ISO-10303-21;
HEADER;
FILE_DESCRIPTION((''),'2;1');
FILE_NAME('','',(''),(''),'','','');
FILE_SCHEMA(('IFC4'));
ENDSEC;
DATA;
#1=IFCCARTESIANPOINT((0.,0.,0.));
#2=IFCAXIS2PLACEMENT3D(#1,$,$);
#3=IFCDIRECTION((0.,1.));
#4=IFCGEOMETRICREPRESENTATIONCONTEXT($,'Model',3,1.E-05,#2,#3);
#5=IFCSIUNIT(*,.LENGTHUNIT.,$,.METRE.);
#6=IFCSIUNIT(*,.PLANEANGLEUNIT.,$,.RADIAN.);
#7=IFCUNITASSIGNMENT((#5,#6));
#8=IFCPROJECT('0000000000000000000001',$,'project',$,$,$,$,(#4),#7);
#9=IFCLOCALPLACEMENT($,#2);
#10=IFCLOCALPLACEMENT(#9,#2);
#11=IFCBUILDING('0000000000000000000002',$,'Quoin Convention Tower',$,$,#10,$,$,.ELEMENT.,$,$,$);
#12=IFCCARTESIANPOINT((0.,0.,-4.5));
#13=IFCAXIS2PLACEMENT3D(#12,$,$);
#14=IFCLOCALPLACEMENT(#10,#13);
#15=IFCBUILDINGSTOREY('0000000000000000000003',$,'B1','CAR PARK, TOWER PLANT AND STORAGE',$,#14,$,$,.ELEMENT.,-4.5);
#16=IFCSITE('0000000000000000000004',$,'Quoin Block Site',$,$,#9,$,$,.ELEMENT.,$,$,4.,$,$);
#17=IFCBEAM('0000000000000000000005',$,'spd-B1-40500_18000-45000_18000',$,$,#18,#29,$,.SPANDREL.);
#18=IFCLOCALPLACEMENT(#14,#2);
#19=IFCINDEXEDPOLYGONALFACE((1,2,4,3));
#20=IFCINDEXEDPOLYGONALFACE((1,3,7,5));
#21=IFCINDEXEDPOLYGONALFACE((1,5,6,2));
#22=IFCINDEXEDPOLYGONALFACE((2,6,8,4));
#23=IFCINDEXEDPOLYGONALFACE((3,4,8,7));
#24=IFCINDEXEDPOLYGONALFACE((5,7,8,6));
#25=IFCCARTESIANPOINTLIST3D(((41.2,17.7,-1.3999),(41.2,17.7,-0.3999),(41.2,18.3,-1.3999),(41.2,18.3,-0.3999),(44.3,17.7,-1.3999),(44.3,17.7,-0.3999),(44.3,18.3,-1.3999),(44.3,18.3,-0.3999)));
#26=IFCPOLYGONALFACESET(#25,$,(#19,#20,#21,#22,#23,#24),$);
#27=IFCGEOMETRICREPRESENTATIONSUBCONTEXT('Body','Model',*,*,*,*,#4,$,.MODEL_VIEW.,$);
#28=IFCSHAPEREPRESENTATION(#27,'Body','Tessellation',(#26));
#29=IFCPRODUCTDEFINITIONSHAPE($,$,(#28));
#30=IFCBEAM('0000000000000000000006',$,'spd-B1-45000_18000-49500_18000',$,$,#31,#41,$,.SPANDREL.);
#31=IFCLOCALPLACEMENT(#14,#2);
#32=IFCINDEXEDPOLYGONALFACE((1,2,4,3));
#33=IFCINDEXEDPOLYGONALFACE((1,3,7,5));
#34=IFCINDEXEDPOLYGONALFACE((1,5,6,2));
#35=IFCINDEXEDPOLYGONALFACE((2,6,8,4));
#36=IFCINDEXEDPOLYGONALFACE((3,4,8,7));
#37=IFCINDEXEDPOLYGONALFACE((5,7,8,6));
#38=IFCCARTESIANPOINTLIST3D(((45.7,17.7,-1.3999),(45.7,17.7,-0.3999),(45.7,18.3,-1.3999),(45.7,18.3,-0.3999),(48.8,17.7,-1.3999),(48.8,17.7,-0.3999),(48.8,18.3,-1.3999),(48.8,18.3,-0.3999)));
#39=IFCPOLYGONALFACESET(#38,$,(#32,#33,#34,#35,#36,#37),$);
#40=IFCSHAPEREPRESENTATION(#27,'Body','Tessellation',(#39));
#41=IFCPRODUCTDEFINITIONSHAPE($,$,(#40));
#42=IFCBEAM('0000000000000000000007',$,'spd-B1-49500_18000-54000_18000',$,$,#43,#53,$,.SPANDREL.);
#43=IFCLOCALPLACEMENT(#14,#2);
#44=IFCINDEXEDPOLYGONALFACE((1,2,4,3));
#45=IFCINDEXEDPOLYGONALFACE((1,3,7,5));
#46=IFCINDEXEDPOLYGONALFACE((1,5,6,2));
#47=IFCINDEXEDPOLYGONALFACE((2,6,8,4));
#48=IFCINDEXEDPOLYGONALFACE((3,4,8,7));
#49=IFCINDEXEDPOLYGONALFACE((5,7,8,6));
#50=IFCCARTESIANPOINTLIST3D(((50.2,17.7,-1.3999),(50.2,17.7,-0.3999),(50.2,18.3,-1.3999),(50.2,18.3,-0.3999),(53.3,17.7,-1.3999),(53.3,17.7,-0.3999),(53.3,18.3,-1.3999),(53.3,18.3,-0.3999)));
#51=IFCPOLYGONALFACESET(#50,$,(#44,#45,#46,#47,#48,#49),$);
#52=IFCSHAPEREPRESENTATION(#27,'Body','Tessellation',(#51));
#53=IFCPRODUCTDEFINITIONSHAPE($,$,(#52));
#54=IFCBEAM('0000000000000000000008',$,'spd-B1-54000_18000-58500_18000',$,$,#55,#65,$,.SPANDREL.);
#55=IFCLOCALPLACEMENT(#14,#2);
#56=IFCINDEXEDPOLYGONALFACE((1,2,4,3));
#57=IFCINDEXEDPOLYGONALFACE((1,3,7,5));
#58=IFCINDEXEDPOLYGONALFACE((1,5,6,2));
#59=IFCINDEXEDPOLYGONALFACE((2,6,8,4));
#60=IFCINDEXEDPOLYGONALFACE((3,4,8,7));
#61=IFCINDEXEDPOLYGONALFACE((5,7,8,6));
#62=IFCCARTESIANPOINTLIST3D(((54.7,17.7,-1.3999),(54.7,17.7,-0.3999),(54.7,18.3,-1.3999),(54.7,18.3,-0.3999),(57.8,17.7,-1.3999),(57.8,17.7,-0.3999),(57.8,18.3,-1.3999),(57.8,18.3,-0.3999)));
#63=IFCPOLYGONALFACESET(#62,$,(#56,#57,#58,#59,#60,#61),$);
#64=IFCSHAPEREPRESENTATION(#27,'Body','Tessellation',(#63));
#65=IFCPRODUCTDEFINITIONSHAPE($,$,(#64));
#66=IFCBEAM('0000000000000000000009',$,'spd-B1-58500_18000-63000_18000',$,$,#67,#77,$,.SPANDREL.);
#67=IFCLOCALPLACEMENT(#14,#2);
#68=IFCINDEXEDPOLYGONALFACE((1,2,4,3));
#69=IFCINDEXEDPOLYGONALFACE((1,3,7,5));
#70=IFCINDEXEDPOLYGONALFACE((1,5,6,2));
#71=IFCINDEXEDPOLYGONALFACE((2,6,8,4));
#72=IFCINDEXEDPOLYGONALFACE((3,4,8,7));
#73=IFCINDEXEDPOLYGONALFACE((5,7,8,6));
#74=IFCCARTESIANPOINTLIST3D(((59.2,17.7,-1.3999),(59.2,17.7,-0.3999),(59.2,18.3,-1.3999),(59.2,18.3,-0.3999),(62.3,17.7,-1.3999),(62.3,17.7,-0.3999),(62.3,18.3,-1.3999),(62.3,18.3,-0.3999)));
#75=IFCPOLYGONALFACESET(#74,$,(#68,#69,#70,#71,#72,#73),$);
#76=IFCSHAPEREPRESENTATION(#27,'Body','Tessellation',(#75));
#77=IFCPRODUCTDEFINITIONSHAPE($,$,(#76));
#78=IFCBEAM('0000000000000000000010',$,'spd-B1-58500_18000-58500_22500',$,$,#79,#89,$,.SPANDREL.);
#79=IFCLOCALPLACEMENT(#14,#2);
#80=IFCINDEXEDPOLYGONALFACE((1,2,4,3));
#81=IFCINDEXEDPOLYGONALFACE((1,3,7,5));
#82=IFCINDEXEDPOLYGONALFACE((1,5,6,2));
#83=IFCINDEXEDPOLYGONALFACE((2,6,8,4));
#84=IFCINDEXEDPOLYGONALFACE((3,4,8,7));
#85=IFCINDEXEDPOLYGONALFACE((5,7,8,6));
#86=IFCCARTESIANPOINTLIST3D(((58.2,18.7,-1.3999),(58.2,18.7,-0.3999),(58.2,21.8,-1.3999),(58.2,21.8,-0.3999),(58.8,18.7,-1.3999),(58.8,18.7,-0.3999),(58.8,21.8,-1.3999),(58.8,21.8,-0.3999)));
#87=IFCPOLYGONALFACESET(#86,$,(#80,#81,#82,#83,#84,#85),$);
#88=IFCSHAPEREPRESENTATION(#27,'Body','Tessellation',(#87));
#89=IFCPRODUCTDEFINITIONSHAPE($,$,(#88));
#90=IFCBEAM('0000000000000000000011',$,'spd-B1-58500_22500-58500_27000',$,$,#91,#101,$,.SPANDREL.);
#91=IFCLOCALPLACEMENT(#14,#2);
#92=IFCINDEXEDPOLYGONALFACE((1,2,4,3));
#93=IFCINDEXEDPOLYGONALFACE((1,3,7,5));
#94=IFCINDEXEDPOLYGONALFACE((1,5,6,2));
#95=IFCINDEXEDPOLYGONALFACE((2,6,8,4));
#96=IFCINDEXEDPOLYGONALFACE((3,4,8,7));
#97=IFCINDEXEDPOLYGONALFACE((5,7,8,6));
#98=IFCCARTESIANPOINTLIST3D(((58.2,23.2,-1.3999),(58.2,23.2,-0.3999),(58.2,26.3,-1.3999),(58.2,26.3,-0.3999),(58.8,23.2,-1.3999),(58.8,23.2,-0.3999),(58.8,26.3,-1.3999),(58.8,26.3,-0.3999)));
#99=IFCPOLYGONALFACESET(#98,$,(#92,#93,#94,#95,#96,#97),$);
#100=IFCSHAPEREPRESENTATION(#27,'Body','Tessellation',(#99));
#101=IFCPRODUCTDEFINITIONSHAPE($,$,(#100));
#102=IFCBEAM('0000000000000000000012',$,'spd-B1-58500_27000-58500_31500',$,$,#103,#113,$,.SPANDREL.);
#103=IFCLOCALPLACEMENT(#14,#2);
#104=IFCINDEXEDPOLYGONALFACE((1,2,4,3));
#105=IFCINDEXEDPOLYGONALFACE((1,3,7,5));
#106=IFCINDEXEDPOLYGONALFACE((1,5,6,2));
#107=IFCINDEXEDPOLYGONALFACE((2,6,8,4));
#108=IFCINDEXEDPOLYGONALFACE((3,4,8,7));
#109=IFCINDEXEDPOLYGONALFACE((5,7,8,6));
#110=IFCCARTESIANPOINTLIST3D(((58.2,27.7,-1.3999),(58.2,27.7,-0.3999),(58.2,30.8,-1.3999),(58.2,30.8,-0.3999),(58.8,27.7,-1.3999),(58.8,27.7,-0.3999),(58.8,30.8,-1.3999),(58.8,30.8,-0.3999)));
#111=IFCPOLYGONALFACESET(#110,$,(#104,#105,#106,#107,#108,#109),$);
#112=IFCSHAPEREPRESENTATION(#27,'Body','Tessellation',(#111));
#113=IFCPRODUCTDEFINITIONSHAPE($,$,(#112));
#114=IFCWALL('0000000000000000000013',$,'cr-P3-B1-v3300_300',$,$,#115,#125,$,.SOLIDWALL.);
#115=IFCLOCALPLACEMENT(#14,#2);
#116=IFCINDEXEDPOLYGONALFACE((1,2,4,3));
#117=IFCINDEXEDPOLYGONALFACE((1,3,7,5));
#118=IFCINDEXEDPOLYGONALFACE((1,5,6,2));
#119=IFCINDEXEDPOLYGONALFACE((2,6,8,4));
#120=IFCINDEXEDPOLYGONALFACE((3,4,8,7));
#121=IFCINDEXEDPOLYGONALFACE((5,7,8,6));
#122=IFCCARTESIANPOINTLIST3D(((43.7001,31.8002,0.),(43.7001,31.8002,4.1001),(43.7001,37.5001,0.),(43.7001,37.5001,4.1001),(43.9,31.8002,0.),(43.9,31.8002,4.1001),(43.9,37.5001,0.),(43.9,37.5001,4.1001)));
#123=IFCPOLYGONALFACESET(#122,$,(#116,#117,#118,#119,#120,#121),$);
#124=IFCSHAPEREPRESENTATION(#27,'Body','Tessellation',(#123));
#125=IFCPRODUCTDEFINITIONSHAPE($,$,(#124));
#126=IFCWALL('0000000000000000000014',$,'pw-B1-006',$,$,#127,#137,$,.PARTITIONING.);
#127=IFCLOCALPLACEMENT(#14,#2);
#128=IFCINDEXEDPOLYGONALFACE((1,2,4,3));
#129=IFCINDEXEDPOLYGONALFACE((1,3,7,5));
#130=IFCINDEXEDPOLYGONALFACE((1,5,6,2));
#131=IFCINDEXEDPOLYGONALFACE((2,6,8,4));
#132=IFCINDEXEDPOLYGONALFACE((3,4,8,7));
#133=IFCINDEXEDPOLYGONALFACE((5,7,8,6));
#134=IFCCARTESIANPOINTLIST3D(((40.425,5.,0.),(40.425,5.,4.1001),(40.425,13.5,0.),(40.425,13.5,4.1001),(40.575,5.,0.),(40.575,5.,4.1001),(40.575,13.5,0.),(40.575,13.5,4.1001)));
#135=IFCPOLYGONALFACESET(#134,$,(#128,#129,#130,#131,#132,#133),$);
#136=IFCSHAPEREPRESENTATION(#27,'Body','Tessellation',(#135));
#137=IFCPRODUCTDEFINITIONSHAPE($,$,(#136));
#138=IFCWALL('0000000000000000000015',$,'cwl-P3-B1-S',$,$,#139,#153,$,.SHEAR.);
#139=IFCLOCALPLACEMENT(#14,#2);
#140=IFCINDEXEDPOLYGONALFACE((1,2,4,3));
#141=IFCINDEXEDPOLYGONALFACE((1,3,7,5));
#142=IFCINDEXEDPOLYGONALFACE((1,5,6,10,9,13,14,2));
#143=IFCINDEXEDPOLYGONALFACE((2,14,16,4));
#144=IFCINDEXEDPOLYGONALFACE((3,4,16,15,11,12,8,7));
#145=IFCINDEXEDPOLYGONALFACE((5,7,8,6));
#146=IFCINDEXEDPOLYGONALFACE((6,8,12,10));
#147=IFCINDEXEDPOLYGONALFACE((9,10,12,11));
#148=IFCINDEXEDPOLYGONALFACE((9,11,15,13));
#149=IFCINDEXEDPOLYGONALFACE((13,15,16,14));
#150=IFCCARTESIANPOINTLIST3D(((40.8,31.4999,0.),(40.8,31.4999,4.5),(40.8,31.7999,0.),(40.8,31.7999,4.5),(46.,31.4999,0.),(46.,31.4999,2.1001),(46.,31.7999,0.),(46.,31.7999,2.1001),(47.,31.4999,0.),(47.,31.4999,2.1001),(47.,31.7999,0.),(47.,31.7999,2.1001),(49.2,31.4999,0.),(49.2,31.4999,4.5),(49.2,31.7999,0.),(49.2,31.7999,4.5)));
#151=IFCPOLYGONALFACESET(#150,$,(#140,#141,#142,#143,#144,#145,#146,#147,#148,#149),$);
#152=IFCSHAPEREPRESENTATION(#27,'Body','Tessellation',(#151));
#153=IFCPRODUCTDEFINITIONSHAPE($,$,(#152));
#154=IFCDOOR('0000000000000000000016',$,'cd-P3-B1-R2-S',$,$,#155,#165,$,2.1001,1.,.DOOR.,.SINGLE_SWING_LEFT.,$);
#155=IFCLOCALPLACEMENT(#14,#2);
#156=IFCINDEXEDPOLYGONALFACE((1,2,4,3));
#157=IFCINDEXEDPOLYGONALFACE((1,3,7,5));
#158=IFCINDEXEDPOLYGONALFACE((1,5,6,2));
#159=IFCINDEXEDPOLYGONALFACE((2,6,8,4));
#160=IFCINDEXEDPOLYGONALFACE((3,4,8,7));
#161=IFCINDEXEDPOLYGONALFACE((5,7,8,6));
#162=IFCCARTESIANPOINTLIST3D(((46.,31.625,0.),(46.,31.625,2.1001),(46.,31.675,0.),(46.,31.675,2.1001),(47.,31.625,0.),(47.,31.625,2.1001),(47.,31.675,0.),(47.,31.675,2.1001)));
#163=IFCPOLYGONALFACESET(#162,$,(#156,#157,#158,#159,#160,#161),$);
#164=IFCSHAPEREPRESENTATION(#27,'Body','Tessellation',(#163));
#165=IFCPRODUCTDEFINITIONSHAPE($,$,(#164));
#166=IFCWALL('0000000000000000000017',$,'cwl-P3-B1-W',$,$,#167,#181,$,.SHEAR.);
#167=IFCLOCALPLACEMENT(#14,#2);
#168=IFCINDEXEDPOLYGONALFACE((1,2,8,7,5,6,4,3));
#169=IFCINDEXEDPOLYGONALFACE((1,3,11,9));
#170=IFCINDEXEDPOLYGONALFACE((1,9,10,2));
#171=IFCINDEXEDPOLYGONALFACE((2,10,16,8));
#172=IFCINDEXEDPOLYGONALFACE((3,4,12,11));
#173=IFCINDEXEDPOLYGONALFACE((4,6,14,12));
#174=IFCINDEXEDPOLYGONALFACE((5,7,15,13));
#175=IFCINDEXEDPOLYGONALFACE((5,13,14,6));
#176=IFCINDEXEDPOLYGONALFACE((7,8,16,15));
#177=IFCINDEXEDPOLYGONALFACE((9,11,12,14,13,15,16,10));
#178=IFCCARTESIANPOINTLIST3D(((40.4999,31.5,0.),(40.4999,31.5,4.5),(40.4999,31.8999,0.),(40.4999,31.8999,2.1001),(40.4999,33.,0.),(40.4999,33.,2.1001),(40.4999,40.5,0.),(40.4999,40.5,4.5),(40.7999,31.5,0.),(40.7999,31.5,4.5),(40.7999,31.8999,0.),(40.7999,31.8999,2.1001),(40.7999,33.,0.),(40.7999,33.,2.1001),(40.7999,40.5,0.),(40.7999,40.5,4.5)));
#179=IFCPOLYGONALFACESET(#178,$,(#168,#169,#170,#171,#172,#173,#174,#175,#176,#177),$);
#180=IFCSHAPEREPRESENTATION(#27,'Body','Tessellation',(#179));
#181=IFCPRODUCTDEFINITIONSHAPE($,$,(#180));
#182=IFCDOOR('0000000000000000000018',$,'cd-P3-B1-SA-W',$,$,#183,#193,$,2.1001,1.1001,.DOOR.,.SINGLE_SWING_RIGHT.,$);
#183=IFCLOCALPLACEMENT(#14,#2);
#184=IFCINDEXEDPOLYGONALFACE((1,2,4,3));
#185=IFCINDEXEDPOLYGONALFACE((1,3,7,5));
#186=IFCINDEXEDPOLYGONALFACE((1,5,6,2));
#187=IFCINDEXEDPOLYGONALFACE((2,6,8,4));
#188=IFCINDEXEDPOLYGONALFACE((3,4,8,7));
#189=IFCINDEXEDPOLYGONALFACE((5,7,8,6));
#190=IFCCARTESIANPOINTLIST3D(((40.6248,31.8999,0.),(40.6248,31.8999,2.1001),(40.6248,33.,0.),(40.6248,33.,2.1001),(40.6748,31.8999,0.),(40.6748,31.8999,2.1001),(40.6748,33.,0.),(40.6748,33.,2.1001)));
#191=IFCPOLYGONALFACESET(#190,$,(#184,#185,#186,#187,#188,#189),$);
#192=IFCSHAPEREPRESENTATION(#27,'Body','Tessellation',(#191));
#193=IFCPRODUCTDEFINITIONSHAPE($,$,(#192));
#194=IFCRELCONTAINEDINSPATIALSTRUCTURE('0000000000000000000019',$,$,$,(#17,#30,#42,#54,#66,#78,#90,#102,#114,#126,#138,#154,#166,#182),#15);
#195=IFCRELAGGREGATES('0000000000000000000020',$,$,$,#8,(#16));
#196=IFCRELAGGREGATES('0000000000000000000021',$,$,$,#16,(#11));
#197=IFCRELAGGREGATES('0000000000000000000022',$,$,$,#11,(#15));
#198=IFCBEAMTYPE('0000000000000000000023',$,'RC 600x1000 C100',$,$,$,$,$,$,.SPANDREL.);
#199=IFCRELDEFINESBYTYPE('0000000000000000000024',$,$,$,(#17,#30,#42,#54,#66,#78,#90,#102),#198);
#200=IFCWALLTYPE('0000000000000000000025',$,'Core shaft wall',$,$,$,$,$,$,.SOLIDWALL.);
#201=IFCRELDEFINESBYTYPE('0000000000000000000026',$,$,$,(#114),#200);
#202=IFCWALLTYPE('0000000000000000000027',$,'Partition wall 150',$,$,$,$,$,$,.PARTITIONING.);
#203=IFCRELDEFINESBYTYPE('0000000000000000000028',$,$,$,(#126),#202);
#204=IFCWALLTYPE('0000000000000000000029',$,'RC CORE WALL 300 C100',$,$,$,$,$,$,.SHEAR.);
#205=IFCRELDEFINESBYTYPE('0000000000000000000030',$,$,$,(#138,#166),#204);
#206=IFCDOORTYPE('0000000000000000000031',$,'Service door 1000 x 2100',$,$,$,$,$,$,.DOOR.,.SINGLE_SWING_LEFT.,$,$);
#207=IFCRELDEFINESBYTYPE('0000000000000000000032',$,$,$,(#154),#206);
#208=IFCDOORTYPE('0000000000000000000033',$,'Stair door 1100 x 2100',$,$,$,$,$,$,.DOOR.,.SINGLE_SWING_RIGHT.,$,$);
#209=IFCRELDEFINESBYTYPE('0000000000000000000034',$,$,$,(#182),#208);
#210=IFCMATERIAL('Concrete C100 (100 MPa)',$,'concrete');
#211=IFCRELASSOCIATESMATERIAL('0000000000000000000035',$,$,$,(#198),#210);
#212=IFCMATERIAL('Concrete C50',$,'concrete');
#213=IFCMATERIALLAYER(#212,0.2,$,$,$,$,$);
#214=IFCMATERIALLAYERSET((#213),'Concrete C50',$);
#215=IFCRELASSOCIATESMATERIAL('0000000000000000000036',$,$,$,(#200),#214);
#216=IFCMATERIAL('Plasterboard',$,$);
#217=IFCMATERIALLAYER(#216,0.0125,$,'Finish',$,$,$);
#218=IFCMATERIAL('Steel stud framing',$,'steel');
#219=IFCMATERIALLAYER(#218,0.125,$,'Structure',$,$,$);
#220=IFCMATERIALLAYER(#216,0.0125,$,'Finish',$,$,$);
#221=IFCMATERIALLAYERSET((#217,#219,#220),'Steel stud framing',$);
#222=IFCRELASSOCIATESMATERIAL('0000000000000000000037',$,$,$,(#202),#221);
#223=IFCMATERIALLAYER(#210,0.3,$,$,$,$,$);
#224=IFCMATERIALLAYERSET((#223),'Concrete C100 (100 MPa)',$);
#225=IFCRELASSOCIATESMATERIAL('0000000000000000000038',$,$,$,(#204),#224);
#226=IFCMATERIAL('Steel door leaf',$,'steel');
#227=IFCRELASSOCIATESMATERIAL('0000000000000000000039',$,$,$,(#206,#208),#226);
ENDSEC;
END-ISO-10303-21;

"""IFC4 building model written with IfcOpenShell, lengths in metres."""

from ifc_helpers import new_model, si_unit, direction, frame, frame_2d, origin, origin_2d, place, context, subcontext, project, spatial, rectangle, extrude, material, layer, layer_set, material_profile, profile_set, type_object, element, fill, save


model = new_model("IFC4")

# Units and contexts
model_context = context("Model", 3, precision=1e-05, world=origin(), true_north=direction((0.0, 1.0)))
body_context = subcontext(model_context, "Body", "Model", "MODEL_VIEW")
ifc_project = project(units=[si_unit("LENGTHUNIT", "METRE"), si_unit("PLANEANGLEUNIT", "RADIAN")], contexts=[model_context])

# Site, building, storey
site_placement = place(None, origin())
site = spatial("IfcSite", under=ifc_project, at=site_placement, Name="Quoin Block Site", CompositionType="ELEMENT", RefElevation=4.0)
building_placement = place(site_placement, origin())
building = spatial("IfcBuilding", under=site, at=building_placement, Name="Quoin Convention Tower", CompositionType="ELEMENT")
storey_placement = place(building_placement, frame((0.0, 0.0, -4.5)))
storey = spatial("IfcBuildingStorey", under=building, at=storey_placement, Name="B1", Description="CAR PARK, TOWER PLANT AND STORAGE", CompositionType="ELEMENT", Elevation=-4.5)

# Shared definitions
ifc_material_1 = material(Name="Concrete C100 (100 MPa)", Category="concrete")

# Beams
ifc_material_profile_1 = material_profile(ifc_material_1, rectangle(XDim=0.6001, YDim=1.0, at=origin_2d()), Name="RC 600x1000")
ifc_profile_set_1 = profile_set([ifc_material_profile_1], Name="Concrete C100 (100 MPa)")
beam_type = type_object("IfcBeamType", Name="RC 600x1000 C100", PredefinedType="SPANDREL", material=ifc_profile_set_1)
for number, where, z_axis, x_axis, name in (
    (1, (41.2, 18.0, -0.8999), (1.0, 0.0, 0.0), (0.0, 1.0, 0.0), "spd-B1-40500_18000-45000_18000"),
    (2, (45.7, 18.0, -0.8999), (1.0, 0.0, 0.0), (0.0, 1.0, 0.0), "spd-B1-45000_18000-49500_18000"),
    (3, (50.2, 18.0, -0.8999), (1.0, 0.0, 0.0), (0.0, 1.0, 0.0), "spd-B1-49500_18000-54000_18000"),
    (4, (54.7, 18.0, -0.8999), (1.0, 0.0, 0.0), (0.0, 1.0, 0.0), "spd-B1-54000_18000-58500_18000"),
    (5, (59.2, 18.0, -0.8999), (1.0, 0.0, 0.0), (0.0, 1.0, 0.0), "spd-B1-58500_18000-63000_18000"),
    (6, (58.5, 18.7, -0.8999), (0.0, 1.0, 0.0), (-1.0, 0.0, 0.0), "spd-B1-58500_18000-58500_22500"),
    (7, (58.5, 23.2, -0.8999), (0.0, 1.0, 0.0), (-1.0, 0.0, 0.0), "spd-B1-58500_22500-58500_27000"),
    (8, (58.5, 27.7, -0.8999), (0.0, 1.0, 0.0), (-1.0, 0.0, 0.0), "spd-B1-58500_27000-58500_31500"),
):
    element("IfcBeam", number, at=place(storey_placement, frame(where, z_axis=z_axis, x_axis=x_axis)), inside=storey, type_object=beam_type, Name=name, PredefinedType="SPANDREL", context=body_context, shape_type="SweptSolid", body=[
        extrude(rectangle(XDim=0.6001, YDim=1.0, at=origin_2d()), origin(), (0.0, 0.0, 1.0), 3.1001),
    ])

# Walls
ifc_material_2 = material(Name="Concrete C50", Category="concrete")
ifc_layer_1 = layer(ifc_material_2, 0.2)
ifc_layer_set_1 = layer_set([ifc_layer_1], Name="Concrete C50")
wall_type_1 = type_object("IfcWallType", Name="Core shaft wall", PredefinedType="SOLIDWALL", material=ifc_layer_set_1)
wall_1_placement = place(storey_placement, frame((43.8, 31.8, 0.0), z_axis=(0.0, 0.0, 1.0), x_axis=(0.0, 1.0, 0.0)))
element("IfcWall", 9, at=wall_1_placement, inside=storey, type_object=wall_type_1, Name="cr-P3-B1-v3300_300", PredefinedType="SOLIDWALL", context=body_context, shape_type="SweptSolid", body=[
    extrude(rectangle(XDim=5.7, YDim=0.2, at=frame_2d((2.8501, 0.0))), origin(), (0.0, 0.0, 1.0), 4.1001),
])
ifc_material_3 = material(Name="Plasterboard")
ifc_layer_2 = layer(ifc_material_3, 0.0125, Name="Finish")
ifc_material_4 = material(Name="Steel stud framing", Category="steel")
ifc_layer_3 = layer(ifc_material_4, 0.125, Name="Structure")
ifc_layer_4 = layer(ifc_material_3, 0.0125, Name="Finish")
ifc_layer_set_2 = layer_set([ifc_layer_2, ifc_layer_3, ifc_layer_4], Name="Steel stud framing")
wall_type_2 = type_object("IfcWallType", Name="Partition wall 150", PredefinedType="PARTITIONING", material=ifc_layer_set_2)
wall_2_placement = place(storey_placement, frame((40.5, 5.0, 0.0), z_axis=(0.0, 0.0, 1.0), x_axis=(0.0, 1.0, 0.0)))
element("IfcWall", 10, at=wall_2_placement, inside=storey, type_object=wall_type_2, Name="pw-B1-006", PredefinedType="PARTITIONING", context=body_context, shape_type="SweptSolid", body=[
    extrude(rectangle(XDim=8.5, YDim=0.1499, at=frame_2d((4.25, 0.0))), origin(), (0.0, 0.0, 1.0), 4.1001),
])

# Walls, openings, doors
ifc_layer_5 = layer(ifc_material_1, 0.3)
ifc_layer_set_3 = layer_set([ifc_layer_5], Name="Concrete C100 (100 MPa)")
wall_type_3 = type_object("IfcWallType", Name="RC CORE WALL 300 C100", PredefinedType="SHEAR", material=ifc_layer_set_3)
wall_3_placement = place(storey_placement, frame((40.8, 31.6499, 0.0), z_axis=(0.0, 0.0, 1.0), x_axis=(1.0, 0.0, 0.0)))
wall_3 = element("IfcWall", 11, at=wall_3_placement, inside=storey, type_object=wall_type_3, Name="cwl-P3-B1-S", PredefinedType="SHEAR", context=body_context, shape_type="SweptSolid", body=[
    extrude(rectangle(XDim=8.3999, YDim=0.3, at=frame_2d((4.2, 0.0))), origin(), (0.0, 0.0, 1.0), 4.5),
])
opening_1_placement = place(wall_3_placement, frame((5.2, 0.0, 0.0)))
opening_1 = element("IfcOpeningElement", 12, at=opening_1_placement, cuts=wall_3, PredefinedType="OPENING", context=body_context, shape_type="SweptSolid", body=[
    extrude(rectangle(XDim=1.0, YDim=2.1001, at=frame_2d((0.5, 1.05))), frame((0.0, 0.1599, 0.0), z_axis=(0.0, -1.0, 0.0), x_axis=(1.0, 0.0, 0.0)), (0.0, 0.0, 1.0), 0.3201),
])
ifc_material_5 = material(Name="Steel door leaf", Category="steel")
door_type_1 = type_object("IfcDoorType", Name="Service door 1000 x 2100", OperationType="SINGLE_SWING_LEFT", PredefinedType="DOOR", material=ifc_material_5)
door_1_placement = place(opening_1_placement, frame((1.0, 0.0, 0.0), z_axis=(0.0, 0.0, 1.0), x_axis=(-1.0, 0.0, 0.0)))
door_1 = element("IfcDoor", 13, at=door_1_placement, inside=storey, type_object=door_type_1, Name="cd-P3-B1-R2-S", OperationType="SINGLE_SWING_LEFT", OverallHeight=2.1001, OverallWidth=1.0, PredefinedType="DOOR", context=body_context, shape_type="SweptSolid", body=[
    extrude(rectangle(XDim=1.0, YDim=2.1001, at=frame_2d((0.5, 1.05))), frame((0.0, 0.0249, 0.0), z_axis=(0.0, -1.0, 0.0), x_axis=(1.0, 0.0, 0.0)), (0.0, 0.0, 1.0), 0.05),
])
fill(opening_1, door_1)
wall_4_placement = place(storey_placement, frame((40.6499, 31.5, 0.0), z_axis=(0.0, 0.0, 1.0), x_axis=(0.0, 1.0, 0.0)))
wall_4 = element("IfcWall", 14, at=wall_4_placement, inside=storey, type_object=wall_type_3, Name="cwl-P3-B1-W", PredefinedType="SHEAR", context=body_context, shape_type="SweptSolid", body=[
    extrude(rectangle(XDim=9.0, YDim=0.3, at=frame_2d((4.5, 0.0))), origin(), (0.0, 0.0, 1.0), 4.5),
])
opening_2_placement = place(wall_4_placement, frame((0.3999, 0.0, 0.0)))
opening_2 = element("IfcOpeningElement", 15, at=opening_2_placement, cuts=wall_4, PredefinedType="OPENING", context=body_context, shape_type="SweptSolid", body=[
    extrude(rectangle(XDim=1.1001, YDim=2.1001, at=frame_2d((0.55, 1.05))), frame((0.0, 0.1599, 0.0), z_axis=(0.0, -1.0, 0.0), x_axis=(1.0, 0.0, 0.0)), (0.0, 0.0, 1.0), 0.3201),
])
door_type_2 = type_object("IfcDoorType", Name="Stair door 1100 x 2100", OperationType="SINGLE_SWING_RIGHT", PredefinedType="DOOR", material=ifc_material_5)
door_2_placement = place(opening_2_placement, frame((1.1001, 0.0, 0.0), z_axis=(0.0, 0.0, 1.0), x_axis=(-1.0, 0.0, 0.0)))
door_2 = element("IfcDoor", 16, at=door_2_placement, inside=storey, type_object=door_type_2, Name="cd-P3-B1-SA-W", OperationType="SINGLE_SWING_RIGHT", OverallHeight=2.1001, OverallWidth=1.1001, PredefinedType="DOOR", context=body_context, shape_type="SweptSolid", body=[
    extrude(rectangle(XDim=1.1001, YDim=2.1001, at=frame_2d((0.55, 1.05))), frame((0.0, 0.0249, 0.0), z_axis=(0.0, -1.0, 0.0), x_axis=(1.0, 0.0, 0.0)), (0.0, 0.0, 1.0), 0.05),
])
fill(opening_2, door_2)

save(model, "model.ifc")
